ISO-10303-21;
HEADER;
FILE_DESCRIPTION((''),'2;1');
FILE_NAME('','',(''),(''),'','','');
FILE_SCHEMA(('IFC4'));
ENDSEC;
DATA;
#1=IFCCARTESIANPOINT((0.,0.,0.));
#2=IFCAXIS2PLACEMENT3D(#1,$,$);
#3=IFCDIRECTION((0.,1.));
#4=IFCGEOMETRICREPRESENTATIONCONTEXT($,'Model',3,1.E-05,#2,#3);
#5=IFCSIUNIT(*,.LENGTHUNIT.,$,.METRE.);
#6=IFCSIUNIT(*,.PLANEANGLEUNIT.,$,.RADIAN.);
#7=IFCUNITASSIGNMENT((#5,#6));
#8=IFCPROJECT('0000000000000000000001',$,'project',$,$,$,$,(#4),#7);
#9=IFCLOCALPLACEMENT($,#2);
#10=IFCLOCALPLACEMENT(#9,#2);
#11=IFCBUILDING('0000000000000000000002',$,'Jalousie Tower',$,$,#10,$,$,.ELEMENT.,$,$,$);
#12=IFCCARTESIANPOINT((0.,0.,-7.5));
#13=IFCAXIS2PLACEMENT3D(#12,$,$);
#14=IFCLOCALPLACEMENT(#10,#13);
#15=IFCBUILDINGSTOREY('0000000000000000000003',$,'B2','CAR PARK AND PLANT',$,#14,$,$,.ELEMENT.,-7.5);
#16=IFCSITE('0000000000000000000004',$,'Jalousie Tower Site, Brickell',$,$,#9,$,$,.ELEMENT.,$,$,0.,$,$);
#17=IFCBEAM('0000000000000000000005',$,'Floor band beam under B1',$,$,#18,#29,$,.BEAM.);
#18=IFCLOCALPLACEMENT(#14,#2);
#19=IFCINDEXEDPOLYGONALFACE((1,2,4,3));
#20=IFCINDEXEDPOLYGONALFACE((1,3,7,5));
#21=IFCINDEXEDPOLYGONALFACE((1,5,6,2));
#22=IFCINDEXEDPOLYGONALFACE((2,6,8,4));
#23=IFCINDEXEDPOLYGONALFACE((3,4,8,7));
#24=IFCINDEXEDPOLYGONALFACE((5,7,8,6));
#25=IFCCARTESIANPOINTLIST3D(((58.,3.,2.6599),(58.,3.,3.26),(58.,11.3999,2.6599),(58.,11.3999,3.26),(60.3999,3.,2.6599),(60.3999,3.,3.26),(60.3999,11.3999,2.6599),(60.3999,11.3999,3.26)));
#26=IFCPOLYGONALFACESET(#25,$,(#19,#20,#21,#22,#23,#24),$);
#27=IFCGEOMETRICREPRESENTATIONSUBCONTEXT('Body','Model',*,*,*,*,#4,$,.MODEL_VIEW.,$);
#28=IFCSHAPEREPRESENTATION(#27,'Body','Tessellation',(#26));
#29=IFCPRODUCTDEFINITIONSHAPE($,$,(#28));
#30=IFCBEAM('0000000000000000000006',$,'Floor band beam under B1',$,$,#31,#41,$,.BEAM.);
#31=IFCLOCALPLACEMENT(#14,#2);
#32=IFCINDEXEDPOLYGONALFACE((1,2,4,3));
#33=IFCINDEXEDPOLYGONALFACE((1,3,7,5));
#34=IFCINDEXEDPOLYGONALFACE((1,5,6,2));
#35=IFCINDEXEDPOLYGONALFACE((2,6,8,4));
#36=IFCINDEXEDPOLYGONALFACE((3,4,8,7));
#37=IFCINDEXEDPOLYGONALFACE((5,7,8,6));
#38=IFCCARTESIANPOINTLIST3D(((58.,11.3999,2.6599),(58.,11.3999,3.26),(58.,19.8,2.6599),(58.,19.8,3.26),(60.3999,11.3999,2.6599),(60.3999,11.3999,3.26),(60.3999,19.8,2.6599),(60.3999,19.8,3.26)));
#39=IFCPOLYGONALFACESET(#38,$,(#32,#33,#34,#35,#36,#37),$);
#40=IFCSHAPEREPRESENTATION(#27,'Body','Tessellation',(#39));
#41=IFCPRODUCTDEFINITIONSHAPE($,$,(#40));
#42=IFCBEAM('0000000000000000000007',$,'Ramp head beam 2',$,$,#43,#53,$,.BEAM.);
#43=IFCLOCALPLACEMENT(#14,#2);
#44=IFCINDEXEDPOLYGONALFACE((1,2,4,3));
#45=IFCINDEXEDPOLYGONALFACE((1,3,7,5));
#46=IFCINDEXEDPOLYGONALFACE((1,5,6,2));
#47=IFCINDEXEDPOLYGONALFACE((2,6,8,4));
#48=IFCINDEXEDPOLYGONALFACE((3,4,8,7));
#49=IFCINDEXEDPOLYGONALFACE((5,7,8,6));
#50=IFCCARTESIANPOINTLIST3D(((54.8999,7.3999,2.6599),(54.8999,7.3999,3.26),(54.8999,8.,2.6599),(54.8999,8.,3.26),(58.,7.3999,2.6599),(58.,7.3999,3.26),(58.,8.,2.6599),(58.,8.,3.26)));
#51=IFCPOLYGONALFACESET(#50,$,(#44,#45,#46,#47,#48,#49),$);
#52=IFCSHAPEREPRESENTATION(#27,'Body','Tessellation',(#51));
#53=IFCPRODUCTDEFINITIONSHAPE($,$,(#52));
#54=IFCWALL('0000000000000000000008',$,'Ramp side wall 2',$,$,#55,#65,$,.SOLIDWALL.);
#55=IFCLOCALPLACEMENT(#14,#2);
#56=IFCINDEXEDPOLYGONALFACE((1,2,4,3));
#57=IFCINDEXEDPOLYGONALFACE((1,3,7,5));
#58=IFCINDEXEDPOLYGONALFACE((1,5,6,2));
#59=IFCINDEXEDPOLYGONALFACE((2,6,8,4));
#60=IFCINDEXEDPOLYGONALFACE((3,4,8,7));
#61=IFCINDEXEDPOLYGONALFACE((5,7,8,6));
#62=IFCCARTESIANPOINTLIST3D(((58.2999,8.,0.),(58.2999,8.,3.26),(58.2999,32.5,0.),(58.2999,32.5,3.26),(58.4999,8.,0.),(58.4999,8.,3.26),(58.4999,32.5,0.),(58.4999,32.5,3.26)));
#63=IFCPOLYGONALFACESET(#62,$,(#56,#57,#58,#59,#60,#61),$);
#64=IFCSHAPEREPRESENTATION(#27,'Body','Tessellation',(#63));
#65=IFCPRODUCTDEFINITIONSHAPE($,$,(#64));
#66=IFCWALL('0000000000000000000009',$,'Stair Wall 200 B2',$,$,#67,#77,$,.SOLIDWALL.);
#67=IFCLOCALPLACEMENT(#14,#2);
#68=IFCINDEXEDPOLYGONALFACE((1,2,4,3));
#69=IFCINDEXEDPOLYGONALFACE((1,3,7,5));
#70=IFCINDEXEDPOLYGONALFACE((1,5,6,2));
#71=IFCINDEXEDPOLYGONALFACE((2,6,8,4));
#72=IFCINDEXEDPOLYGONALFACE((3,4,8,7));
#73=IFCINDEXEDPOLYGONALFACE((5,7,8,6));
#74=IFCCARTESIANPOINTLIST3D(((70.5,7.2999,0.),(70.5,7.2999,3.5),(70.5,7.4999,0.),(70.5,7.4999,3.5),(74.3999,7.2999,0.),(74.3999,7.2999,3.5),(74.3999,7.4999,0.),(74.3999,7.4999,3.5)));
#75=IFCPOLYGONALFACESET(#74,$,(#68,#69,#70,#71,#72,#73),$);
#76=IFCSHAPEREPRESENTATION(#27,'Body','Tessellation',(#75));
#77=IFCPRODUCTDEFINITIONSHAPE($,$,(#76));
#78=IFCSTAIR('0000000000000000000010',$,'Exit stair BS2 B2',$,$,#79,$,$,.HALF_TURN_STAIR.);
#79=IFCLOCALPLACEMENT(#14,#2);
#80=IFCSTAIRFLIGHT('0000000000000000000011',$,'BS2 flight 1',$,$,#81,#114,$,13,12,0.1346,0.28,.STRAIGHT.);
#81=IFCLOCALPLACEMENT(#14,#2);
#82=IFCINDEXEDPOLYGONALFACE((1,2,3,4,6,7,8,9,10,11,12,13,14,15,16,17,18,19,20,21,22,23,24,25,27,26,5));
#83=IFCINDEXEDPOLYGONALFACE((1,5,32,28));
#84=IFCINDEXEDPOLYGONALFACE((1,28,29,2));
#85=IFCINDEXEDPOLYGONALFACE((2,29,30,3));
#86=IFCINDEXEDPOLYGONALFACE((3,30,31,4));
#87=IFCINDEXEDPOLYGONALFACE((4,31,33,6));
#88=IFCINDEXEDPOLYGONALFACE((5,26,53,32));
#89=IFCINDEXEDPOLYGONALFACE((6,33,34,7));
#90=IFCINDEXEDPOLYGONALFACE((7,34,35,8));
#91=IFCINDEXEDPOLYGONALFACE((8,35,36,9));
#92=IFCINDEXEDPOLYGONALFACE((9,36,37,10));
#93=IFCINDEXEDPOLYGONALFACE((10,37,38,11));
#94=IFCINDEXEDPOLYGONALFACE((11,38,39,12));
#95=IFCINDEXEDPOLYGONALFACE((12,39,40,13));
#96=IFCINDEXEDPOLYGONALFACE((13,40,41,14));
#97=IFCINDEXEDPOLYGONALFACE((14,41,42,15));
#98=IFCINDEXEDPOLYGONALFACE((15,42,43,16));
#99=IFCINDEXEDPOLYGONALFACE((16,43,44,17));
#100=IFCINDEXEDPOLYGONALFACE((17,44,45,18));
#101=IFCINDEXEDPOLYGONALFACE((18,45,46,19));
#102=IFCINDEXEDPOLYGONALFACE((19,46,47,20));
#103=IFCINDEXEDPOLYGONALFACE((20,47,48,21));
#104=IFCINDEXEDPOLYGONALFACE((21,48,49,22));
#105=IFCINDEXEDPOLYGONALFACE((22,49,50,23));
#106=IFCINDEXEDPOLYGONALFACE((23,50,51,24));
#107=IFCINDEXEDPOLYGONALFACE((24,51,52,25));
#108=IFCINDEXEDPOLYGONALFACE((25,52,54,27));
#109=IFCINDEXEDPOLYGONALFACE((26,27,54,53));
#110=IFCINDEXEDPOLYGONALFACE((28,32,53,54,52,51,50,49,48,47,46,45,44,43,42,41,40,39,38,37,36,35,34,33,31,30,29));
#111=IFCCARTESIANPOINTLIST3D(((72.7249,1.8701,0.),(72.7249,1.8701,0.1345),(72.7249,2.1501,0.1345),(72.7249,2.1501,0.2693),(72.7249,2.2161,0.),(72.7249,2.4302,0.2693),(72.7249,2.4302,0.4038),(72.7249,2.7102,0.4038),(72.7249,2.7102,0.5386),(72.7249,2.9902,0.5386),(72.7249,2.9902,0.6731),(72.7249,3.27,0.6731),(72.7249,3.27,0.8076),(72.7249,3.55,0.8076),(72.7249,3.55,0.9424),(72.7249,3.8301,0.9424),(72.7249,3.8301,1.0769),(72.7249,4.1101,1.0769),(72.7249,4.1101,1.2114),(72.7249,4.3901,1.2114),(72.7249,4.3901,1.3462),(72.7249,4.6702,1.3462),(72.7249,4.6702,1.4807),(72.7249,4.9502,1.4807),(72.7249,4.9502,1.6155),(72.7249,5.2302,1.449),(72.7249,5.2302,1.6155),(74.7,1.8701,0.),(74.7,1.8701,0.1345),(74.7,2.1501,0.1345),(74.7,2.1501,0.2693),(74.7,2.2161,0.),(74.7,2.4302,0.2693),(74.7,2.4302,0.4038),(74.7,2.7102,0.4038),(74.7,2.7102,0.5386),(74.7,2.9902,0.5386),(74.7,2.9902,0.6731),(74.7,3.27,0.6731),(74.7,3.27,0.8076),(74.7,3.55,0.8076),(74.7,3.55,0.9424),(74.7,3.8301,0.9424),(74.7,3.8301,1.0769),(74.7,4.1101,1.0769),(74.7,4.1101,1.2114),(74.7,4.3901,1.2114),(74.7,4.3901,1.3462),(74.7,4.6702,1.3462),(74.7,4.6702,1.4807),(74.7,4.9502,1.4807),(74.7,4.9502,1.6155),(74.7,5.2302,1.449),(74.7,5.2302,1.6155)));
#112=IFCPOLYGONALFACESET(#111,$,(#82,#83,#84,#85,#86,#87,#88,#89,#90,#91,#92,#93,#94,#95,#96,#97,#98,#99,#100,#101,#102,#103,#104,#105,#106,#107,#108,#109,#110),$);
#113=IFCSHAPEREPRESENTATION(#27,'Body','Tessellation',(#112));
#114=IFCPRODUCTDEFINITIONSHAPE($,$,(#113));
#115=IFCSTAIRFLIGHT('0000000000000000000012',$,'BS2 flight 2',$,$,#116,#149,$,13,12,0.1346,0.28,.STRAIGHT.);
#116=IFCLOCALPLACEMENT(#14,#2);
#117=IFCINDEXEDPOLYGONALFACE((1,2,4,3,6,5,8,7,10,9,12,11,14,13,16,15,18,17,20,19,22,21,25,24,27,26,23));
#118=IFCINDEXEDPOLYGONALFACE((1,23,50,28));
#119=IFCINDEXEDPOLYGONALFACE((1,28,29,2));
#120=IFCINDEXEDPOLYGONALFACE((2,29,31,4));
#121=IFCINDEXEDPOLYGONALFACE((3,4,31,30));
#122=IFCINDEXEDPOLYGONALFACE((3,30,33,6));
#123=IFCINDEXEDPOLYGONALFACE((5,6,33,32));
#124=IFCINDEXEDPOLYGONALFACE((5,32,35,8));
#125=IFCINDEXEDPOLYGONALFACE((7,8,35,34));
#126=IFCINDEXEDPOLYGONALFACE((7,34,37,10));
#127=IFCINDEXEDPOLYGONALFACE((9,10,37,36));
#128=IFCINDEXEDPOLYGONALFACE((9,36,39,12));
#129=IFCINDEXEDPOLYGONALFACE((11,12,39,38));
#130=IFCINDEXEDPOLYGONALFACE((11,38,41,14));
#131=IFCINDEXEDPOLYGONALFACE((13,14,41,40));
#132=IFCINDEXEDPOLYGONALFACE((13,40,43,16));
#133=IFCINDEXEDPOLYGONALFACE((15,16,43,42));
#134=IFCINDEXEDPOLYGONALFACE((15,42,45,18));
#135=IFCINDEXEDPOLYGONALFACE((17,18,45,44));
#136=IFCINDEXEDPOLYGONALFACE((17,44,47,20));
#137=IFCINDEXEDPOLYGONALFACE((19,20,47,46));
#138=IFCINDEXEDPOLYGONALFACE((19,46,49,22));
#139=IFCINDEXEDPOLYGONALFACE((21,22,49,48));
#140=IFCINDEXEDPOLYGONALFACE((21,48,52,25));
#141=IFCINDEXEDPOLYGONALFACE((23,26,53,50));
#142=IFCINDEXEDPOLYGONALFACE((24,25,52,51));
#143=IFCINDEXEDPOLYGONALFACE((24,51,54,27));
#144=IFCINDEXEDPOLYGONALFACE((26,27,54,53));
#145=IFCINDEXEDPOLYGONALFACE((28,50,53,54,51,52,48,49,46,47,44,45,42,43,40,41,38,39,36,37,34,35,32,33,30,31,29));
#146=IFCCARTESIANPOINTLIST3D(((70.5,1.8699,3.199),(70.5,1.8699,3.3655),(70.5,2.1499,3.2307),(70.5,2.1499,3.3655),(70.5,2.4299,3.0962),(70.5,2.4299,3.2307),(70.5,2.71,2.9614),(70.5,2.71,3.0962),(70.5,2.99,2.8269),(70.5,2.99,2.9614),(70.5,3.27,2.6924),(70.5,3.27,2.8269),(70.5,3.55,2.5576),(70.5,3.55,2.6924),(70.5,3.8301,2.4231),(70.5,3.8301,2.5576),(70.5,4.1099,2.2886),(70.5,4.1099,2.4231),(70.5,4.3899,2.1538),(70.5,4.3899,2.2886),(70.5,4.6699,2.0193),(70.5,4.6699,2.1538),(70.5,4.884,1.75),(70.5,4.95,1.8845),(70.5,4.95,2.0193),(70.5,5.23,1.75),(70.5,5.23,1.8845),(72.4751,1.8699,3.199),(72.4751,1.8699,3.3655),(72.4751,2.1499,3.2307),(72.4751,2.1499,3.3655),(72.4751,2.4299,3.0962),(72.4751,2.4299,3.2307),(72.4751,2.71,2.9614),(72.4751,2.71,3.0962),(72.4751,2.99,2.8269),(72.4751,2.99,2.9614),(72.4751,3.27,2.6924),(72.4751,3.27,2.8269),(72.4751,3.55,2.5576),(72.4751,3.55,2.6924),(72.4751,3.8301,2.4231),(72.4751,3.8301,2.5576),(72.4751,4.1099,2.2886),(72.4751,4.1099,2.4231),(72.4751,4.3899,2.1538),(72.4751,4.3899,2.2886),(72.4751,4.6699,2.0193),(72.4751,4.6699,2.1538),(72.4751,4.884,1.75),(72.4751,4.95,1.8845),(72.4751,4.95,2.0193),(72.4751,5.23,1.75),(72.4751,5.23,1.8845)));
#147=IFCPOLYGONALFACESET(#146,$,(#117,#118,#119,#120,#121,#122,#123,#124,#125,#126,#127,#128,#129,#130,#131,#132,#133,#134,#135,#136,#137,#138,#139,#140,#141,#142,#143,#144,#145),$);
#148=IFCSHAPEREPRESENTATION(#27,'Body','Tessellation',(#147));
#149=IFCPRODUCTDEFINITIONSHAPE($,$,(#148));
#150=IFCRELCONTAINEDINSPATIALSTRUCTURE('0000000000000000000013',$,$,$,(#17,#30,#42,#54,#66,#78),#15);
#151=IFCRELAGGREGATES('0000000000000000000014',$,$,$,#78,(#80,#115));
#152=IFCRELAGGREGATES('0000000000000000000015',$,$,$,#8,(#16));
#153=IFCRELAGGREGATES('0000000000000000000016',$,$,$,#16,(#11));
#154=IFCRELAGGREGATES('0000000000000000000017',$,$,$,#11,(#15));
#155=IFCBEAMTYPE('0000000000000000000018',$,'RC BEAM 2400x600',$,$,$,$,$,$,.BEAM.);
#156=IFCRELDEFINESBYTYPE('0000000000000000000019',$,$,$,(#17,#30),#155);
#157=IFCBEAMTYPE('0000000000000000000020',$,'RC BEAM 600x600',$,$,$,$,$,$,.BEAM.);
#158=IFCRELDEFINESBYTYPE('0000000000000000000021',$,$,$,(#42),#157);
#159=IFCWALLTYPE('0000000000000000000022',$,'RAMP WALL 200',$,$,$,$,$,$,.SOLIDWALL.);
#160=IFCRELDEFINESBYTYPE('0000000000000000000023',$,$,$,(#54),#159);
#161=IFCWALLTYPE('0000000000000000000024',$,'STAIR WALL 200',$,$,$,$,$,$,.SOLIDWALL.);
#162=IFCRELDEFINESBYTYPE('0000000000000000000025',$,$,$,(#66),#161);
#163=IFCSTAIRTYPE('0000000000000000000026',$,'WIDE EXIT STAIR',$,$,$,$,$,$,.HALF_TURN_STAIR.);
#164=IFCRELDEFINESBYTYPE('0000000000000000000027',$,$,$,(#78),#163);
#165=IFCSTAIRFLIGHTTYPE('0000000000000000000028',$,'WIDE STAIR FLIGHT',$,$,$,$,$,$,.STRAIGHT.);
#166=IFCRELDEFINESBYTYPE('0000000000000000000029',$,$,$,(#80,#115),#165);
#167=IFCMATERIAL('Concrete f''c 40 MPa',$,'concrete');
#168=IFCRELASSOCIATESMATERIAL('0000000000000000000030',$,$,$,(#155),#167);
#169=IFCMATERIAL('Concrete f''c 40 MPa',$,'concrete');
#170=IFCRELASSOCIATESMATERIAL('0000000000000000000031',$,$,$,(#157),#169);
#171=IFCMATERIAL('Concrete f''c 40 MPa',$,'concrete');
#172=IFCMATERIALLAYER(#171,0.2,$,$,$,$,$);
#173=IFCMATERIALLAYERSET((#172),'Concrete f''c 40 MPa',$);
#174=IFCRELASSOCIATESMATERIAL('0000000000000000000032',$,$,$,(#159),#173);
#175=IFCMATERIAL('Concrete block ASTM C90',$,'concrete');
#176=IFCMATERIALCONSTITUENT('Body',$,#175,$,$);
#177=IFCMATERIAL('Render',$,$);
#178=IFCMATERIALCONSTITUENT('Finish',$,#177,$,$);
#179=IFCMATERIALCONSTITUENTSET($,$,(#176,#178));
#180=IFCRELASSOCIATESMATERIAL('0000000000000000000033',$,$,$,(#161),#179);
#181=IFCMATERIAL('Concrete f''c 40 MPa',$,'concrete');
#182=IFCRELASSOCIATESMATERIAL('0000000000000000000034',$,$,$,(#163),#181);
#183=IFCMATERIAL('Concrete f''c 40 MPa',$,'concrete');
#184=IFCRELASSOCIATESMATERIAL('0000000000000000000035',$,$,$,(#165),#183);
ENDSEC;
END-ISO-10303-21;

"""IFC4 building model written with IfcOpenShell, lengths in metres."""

from ifc_helpers import new_model, si_unit, direction, frame, frame_2d, origin, origin_2d, place, context, subcontext, project, spatial, polyline, rectangle, outline, extrude, material, layer, layer_set, constituent, constituent_set, material_profile, profile_set, type_object, element, aggregate, save


model = new_model("IFC4")

# Units and contexts
model_context = context("Model", 3, precision=1e-05, world=origin(), true_north=direction((0.0, 1.0)))
body_context = subcontext(model_context, "Body", "Model", "MODEL_VIEW")
ifc_project = project(units=[si_unit("LENGTHUNIT", "METRE"), si_unit("PLANEANGLEUNIT", "RADIAN")], contexts=[model_context])

# Site, building, storey
site_placement = place(None, origin())
site = spatial("IfcSite", under=ifc_project, at=site_placement, Name="Jalousie Tower Site, Brickell", CompositionType="ELEMENT", RefElevation=0.0)
building_placement = place(site_placement, origin())
building = spatial("IfcBuilding", under=site, at=building_placement, Name="Jalousie Tower", CompositionType="ELEMENT")
storey_placement = place(building_placement, frame((0.0, 0.0, -7.5)))
storey = spatial("IfcBuildingStorey", under=building, at=storey_placement, Name="B2", Description="CAR PARK AND PLANT", CompositionType="ELEMENT", Elevation=-7.5)

# Beams
ifc_material_1 = material(Name="Concrete f'c 40 MPa", Category="concrete")
ifc_material_profile_1 = material_profile(ifc_material_1, rectangle(XDim=2.3999, YDim=0.6001, at=origin_2d()), Name="RC 2400x600")
ifc_profile_set_1 = profile_set([ifc_material_profile_1], Name="Concrete f'c 40 MPa")
beam_type_1 = type_object("IfcBeamType", Name="RC BEAM 2400x600", PredefinedType="BEAM", material=ifc_profile_set_1)
beam_1_placement = place(storey_placement, frame((59.2, 3.0, 2.96), z_axis=(0.0, 1.0, 0.0), x_axis=(-1.0, 0.0, 0.0)))
element("IfcBeam", 1, at=beam_1_placement, inside=storey, type_object=beam_type_1, Name="Floor band beam under B1", PredefinedType="BEAM", context=body_context, shape_type="SweptSolid", body=[
    extrude(rectangle(XDim=2.3999, YDim=0.6001, at=origin_2d()), origin(), (0.0, 0.0, 1.0), 8.3999),
])
beam_2_placement = place(storey_placement, frame((59.2, 11.3999, 2.96), z_axis=(0.0, 1.0, 0.0), x_axis=(-1.0, 0.0, 0.0)))
element("IfcBeam", 2, at=beam_2_placement, inside=storey, type_object=beam_type_1, Name="Floor band beam under B1", PredefinedType="BEAM", context=body_context, shape_type="SweptSolid", body=[
    extrude(rectangle(XDim=2.3999, YDim=0.6001, at=origin_2d()), origin(), (0.0, 0.0, 1.0), 8.4001),
])
ifc_material_2 = material(Name="Concrete f'c 40 MPa", Category="concrete")
ifc_material_profile_2 = material_profile(ifc_material_2, rectangle(XDim=0.6001, YDim=0.6001, at=origin_2d()), Name="RC 600x600")
ifc_profile_set_2 = profile_set([ifc_material_profile_2], Name="Concrete f'c 40 MPa")
beam_type_2 = type_object("IfcBeamType", Name="RC BEAM 600x600", PredefinedType="BEAM", material=ifc_profile_set_2)
beam_3_placement = place(storey_placement, frame((54.8999, 7.7, 2.96), z_axis=(1.0, 0.0, 0.0), x_axis=(0.0, 1.0, 0.0)))
element("IfcBeam", 3, at=beam_3_placement, inside=storey, type_object=beam_type_2, Name="Ramp head beam 2", PredefinedType="BEAM", context=body_context, shape_type="SweptSolid", body=[
    extrude(rectangle(XDim=0.6001, YDim=0.6001, at=origin_2d()), origin(), (0.0, 0.0, 1.0), 3.1001),
])

# Walls
ifc_material_3 = material(Name="Concrete f'c 40 MPa", Category="concrete")
ifc_layer = layer(ifc_material_3, 0.2)
ifc_layer_set = layer_set([ifc_layer], Name="Concrete f'c 40 MPa")
wall_type_1 = type_object("IfcWallType", Name="RAMP WALL 200", PredefinedType="SOLIDWALL", material=ifc_layer_set)
wall_1_placement = place(storey_placement, frame((58.3999, 8.0, 0.0), z_axis=(0.0, 0.0, 1.0), x_axis=(0.0, 1.0, 0.0)))
element("IfcWall", 4, at=wall_1_placement, inside=storey, type_object=wall_type_1, Name="Ramp side wall 2", PredefinedType="SOLIDWALL", context=body_context, shape_type="SweptSolid", body=[
    extrude(rectangle(XDim=24.5, YDim=0.2, at=frame_2d((12.25, 0.0))), origin(), (0.0, 0.0, 1.0), 3.26),
])
ifc_material_4 = material(Name="Concrete block ASTM C90", Category="concrete")
ifc_constituent_1 = constituent(ifc_material_4, Name="Body")
ifc_material_5 = material(Name="Render")
ifc_constituent_2 = constituent(ifc_material_5, Name="Finish")
ifc_constituent_set_1 = constituent_set(constituents=[ifc_constituent_1, ifc_constituent_2])
wall_type_2 = type_object("IfcWallType", Name="STAIR WALL 200", PredefinedType="SOLIDWALL", material=ifc_constituent_set_1)
wall_2_placement = place(storey_placement, frame((70.5, 7.3999, 0.0), z_axis=(0.0, 0.0, 1.0), x_axis=(1.0, 0.0, 0.0)))
element("IfcWall", 5, at=wall_2_placement, inside=storey, type_object=wall_type_2, Name="Stair Wall 200 B2", PredefinedType="SOLIDWALL", context=body_context, shape_type="SweptSolid", body=[
    extrude(rectangle(XDim=3.8999, YDim=0.2, at=frame_2d((1.95, 0.0))), origin(), (0.0, 0.0, 1.0), 3.5),
])

# Stair, stair flights
ifc_material_6 = material(Name="Concrete f'c 40 MPa", Category="concrete")
stair_type = type_object("IfcStairType", Name="WIDE EXIT STAIR", PredefinedType="HALF_TURN_STAIR", material=ifc_material_6)
stair_placement = place(storey_placement, origin())
stair = element("IfcStair", 6, at=stair_placement, inside=storey, type_object=stair_type, Name="Exit stair BS2 B2", PredefinedType="HALF_TURN_STAIR")
ifc_material_7 = material(Name="Concrete f'c 40 MPa", Category="concrete")
stair_flight_type = type_object("IfcStairFlightType", Name="WIDE STAIR FLIGHT", PredefinedType="STRAIGHT", material=ifc_material_7)
stair_flight_1_placement = place(storey_placement, frame((73.7124, 1.8701, 0.0), z_axis=(0.0, 0.0, 1.0), x_axis=(0.0, 1.0, 0.0)))
stair_flight_1 = element("IfcStairFlight", 7, at=stair_flight_1_placement, type_object=stair_flight_type, Name="BS2 flight 1", NumberOfRisers=13, NumberOfTreads=12, PredefinedType="STRAIGHT", RiserHeight=0.1346, TreadLength=0.28, context=body_context, shape_type="SweptSolid", body=[
    extrude(outline(polyline([(0.0, 0.0), (0.0, 0.1345), (0.28, 0.1345), (0.28, 0.2693), (0.5601, 0.2693), (0.5601, 0.4038), (0.8401, 0.4038), (0.8401, 0.5386), (1.1201, 0.5386), (1.1201, 0.6731), (1.3999, 0.6731), (1.3999, 0.8076), (1.6799, 0.8076), (1.6799, 0.9424), (1.96, 0.9424), (1.96, 1.0769), (2.24, 1.0769), (2.24, 1.2114), (2.52, 1.2114), (2.52, 1.3462), (2.8, 1.3462), (2.8, 1.4807), (3.0801, 1.4807), (3.0801, 1.6155), (3.3601, 1.6155), (3.3601, 1.75), (3.3601, 1.449), (0.3459, 0.0), (0.0, 0.0)])), frame((0.0, 0.9875, 0.0), z_axis=(0.0, -1.0, 0.0), x_axis=(1.0, 0.0, 0.0)), (0.0, 0.0, 1.0), 1.9751),
])
stair_flight_2_placement = place(storey_placement, frame((71.4875, 5.23, 1.75), z_axis=(0.0, 0.0, 1.0), x_axis=(0.0, -1.0, 0.0)))
stair_flight_2 = element("IfcStairFlight", 8, at=stair_flight_2_placement, type_object=stair_flight_type, Name="BS2 flight 2", NumberOfRisers=13, NumberOfTreads=12, PredefinedType="STRAIGHT", RiserHeight=0.1346, TreadLength=0.28, context=body_context, shape_type="SweptSolid", body=[
    extrude(outline(polyline([(0.0, 0.0), (0.0, 0.1345), (0.28, 0.1345), (0.28, 0.2693), (0.5601, 0.2693), (0.5601, 0.4038), (0.8401, 0.4038), (0.8401, 0.5386), (1.1201, 0.5386), (1.1201, 0.6731), (1.3999, 0.6731), (1.3999, 0.8076), (1.6799, 0.8076), (1.6799, 0.9424), (1.96, 0.9424), (1.96, 1.0769), (2.24, 1.0769), (2.24, 1.2114), (2.52, 1.2114), (2.52, 1.3462), (2.8, 1.3462), (2.8, 1.4807), (3.0801, 1.4807), (3.0801, 1.6155), (3.3601, 1.6155), (3.3601, 1.75), (3.3601, 1.449), (0.3459, 0.0), (0.0, 0.0)])), frame((0.0, 0.9875, 0.0), z_axis=(0.0, -1.0, 0.0), x_axis=(1.0, 0.0, 0.0)), (0.0, 0.0, 1.0), 1.9751),
])
aggregate(stair, [stair_flight_1, stair_flight_2])

save(model, "model.ifc")
